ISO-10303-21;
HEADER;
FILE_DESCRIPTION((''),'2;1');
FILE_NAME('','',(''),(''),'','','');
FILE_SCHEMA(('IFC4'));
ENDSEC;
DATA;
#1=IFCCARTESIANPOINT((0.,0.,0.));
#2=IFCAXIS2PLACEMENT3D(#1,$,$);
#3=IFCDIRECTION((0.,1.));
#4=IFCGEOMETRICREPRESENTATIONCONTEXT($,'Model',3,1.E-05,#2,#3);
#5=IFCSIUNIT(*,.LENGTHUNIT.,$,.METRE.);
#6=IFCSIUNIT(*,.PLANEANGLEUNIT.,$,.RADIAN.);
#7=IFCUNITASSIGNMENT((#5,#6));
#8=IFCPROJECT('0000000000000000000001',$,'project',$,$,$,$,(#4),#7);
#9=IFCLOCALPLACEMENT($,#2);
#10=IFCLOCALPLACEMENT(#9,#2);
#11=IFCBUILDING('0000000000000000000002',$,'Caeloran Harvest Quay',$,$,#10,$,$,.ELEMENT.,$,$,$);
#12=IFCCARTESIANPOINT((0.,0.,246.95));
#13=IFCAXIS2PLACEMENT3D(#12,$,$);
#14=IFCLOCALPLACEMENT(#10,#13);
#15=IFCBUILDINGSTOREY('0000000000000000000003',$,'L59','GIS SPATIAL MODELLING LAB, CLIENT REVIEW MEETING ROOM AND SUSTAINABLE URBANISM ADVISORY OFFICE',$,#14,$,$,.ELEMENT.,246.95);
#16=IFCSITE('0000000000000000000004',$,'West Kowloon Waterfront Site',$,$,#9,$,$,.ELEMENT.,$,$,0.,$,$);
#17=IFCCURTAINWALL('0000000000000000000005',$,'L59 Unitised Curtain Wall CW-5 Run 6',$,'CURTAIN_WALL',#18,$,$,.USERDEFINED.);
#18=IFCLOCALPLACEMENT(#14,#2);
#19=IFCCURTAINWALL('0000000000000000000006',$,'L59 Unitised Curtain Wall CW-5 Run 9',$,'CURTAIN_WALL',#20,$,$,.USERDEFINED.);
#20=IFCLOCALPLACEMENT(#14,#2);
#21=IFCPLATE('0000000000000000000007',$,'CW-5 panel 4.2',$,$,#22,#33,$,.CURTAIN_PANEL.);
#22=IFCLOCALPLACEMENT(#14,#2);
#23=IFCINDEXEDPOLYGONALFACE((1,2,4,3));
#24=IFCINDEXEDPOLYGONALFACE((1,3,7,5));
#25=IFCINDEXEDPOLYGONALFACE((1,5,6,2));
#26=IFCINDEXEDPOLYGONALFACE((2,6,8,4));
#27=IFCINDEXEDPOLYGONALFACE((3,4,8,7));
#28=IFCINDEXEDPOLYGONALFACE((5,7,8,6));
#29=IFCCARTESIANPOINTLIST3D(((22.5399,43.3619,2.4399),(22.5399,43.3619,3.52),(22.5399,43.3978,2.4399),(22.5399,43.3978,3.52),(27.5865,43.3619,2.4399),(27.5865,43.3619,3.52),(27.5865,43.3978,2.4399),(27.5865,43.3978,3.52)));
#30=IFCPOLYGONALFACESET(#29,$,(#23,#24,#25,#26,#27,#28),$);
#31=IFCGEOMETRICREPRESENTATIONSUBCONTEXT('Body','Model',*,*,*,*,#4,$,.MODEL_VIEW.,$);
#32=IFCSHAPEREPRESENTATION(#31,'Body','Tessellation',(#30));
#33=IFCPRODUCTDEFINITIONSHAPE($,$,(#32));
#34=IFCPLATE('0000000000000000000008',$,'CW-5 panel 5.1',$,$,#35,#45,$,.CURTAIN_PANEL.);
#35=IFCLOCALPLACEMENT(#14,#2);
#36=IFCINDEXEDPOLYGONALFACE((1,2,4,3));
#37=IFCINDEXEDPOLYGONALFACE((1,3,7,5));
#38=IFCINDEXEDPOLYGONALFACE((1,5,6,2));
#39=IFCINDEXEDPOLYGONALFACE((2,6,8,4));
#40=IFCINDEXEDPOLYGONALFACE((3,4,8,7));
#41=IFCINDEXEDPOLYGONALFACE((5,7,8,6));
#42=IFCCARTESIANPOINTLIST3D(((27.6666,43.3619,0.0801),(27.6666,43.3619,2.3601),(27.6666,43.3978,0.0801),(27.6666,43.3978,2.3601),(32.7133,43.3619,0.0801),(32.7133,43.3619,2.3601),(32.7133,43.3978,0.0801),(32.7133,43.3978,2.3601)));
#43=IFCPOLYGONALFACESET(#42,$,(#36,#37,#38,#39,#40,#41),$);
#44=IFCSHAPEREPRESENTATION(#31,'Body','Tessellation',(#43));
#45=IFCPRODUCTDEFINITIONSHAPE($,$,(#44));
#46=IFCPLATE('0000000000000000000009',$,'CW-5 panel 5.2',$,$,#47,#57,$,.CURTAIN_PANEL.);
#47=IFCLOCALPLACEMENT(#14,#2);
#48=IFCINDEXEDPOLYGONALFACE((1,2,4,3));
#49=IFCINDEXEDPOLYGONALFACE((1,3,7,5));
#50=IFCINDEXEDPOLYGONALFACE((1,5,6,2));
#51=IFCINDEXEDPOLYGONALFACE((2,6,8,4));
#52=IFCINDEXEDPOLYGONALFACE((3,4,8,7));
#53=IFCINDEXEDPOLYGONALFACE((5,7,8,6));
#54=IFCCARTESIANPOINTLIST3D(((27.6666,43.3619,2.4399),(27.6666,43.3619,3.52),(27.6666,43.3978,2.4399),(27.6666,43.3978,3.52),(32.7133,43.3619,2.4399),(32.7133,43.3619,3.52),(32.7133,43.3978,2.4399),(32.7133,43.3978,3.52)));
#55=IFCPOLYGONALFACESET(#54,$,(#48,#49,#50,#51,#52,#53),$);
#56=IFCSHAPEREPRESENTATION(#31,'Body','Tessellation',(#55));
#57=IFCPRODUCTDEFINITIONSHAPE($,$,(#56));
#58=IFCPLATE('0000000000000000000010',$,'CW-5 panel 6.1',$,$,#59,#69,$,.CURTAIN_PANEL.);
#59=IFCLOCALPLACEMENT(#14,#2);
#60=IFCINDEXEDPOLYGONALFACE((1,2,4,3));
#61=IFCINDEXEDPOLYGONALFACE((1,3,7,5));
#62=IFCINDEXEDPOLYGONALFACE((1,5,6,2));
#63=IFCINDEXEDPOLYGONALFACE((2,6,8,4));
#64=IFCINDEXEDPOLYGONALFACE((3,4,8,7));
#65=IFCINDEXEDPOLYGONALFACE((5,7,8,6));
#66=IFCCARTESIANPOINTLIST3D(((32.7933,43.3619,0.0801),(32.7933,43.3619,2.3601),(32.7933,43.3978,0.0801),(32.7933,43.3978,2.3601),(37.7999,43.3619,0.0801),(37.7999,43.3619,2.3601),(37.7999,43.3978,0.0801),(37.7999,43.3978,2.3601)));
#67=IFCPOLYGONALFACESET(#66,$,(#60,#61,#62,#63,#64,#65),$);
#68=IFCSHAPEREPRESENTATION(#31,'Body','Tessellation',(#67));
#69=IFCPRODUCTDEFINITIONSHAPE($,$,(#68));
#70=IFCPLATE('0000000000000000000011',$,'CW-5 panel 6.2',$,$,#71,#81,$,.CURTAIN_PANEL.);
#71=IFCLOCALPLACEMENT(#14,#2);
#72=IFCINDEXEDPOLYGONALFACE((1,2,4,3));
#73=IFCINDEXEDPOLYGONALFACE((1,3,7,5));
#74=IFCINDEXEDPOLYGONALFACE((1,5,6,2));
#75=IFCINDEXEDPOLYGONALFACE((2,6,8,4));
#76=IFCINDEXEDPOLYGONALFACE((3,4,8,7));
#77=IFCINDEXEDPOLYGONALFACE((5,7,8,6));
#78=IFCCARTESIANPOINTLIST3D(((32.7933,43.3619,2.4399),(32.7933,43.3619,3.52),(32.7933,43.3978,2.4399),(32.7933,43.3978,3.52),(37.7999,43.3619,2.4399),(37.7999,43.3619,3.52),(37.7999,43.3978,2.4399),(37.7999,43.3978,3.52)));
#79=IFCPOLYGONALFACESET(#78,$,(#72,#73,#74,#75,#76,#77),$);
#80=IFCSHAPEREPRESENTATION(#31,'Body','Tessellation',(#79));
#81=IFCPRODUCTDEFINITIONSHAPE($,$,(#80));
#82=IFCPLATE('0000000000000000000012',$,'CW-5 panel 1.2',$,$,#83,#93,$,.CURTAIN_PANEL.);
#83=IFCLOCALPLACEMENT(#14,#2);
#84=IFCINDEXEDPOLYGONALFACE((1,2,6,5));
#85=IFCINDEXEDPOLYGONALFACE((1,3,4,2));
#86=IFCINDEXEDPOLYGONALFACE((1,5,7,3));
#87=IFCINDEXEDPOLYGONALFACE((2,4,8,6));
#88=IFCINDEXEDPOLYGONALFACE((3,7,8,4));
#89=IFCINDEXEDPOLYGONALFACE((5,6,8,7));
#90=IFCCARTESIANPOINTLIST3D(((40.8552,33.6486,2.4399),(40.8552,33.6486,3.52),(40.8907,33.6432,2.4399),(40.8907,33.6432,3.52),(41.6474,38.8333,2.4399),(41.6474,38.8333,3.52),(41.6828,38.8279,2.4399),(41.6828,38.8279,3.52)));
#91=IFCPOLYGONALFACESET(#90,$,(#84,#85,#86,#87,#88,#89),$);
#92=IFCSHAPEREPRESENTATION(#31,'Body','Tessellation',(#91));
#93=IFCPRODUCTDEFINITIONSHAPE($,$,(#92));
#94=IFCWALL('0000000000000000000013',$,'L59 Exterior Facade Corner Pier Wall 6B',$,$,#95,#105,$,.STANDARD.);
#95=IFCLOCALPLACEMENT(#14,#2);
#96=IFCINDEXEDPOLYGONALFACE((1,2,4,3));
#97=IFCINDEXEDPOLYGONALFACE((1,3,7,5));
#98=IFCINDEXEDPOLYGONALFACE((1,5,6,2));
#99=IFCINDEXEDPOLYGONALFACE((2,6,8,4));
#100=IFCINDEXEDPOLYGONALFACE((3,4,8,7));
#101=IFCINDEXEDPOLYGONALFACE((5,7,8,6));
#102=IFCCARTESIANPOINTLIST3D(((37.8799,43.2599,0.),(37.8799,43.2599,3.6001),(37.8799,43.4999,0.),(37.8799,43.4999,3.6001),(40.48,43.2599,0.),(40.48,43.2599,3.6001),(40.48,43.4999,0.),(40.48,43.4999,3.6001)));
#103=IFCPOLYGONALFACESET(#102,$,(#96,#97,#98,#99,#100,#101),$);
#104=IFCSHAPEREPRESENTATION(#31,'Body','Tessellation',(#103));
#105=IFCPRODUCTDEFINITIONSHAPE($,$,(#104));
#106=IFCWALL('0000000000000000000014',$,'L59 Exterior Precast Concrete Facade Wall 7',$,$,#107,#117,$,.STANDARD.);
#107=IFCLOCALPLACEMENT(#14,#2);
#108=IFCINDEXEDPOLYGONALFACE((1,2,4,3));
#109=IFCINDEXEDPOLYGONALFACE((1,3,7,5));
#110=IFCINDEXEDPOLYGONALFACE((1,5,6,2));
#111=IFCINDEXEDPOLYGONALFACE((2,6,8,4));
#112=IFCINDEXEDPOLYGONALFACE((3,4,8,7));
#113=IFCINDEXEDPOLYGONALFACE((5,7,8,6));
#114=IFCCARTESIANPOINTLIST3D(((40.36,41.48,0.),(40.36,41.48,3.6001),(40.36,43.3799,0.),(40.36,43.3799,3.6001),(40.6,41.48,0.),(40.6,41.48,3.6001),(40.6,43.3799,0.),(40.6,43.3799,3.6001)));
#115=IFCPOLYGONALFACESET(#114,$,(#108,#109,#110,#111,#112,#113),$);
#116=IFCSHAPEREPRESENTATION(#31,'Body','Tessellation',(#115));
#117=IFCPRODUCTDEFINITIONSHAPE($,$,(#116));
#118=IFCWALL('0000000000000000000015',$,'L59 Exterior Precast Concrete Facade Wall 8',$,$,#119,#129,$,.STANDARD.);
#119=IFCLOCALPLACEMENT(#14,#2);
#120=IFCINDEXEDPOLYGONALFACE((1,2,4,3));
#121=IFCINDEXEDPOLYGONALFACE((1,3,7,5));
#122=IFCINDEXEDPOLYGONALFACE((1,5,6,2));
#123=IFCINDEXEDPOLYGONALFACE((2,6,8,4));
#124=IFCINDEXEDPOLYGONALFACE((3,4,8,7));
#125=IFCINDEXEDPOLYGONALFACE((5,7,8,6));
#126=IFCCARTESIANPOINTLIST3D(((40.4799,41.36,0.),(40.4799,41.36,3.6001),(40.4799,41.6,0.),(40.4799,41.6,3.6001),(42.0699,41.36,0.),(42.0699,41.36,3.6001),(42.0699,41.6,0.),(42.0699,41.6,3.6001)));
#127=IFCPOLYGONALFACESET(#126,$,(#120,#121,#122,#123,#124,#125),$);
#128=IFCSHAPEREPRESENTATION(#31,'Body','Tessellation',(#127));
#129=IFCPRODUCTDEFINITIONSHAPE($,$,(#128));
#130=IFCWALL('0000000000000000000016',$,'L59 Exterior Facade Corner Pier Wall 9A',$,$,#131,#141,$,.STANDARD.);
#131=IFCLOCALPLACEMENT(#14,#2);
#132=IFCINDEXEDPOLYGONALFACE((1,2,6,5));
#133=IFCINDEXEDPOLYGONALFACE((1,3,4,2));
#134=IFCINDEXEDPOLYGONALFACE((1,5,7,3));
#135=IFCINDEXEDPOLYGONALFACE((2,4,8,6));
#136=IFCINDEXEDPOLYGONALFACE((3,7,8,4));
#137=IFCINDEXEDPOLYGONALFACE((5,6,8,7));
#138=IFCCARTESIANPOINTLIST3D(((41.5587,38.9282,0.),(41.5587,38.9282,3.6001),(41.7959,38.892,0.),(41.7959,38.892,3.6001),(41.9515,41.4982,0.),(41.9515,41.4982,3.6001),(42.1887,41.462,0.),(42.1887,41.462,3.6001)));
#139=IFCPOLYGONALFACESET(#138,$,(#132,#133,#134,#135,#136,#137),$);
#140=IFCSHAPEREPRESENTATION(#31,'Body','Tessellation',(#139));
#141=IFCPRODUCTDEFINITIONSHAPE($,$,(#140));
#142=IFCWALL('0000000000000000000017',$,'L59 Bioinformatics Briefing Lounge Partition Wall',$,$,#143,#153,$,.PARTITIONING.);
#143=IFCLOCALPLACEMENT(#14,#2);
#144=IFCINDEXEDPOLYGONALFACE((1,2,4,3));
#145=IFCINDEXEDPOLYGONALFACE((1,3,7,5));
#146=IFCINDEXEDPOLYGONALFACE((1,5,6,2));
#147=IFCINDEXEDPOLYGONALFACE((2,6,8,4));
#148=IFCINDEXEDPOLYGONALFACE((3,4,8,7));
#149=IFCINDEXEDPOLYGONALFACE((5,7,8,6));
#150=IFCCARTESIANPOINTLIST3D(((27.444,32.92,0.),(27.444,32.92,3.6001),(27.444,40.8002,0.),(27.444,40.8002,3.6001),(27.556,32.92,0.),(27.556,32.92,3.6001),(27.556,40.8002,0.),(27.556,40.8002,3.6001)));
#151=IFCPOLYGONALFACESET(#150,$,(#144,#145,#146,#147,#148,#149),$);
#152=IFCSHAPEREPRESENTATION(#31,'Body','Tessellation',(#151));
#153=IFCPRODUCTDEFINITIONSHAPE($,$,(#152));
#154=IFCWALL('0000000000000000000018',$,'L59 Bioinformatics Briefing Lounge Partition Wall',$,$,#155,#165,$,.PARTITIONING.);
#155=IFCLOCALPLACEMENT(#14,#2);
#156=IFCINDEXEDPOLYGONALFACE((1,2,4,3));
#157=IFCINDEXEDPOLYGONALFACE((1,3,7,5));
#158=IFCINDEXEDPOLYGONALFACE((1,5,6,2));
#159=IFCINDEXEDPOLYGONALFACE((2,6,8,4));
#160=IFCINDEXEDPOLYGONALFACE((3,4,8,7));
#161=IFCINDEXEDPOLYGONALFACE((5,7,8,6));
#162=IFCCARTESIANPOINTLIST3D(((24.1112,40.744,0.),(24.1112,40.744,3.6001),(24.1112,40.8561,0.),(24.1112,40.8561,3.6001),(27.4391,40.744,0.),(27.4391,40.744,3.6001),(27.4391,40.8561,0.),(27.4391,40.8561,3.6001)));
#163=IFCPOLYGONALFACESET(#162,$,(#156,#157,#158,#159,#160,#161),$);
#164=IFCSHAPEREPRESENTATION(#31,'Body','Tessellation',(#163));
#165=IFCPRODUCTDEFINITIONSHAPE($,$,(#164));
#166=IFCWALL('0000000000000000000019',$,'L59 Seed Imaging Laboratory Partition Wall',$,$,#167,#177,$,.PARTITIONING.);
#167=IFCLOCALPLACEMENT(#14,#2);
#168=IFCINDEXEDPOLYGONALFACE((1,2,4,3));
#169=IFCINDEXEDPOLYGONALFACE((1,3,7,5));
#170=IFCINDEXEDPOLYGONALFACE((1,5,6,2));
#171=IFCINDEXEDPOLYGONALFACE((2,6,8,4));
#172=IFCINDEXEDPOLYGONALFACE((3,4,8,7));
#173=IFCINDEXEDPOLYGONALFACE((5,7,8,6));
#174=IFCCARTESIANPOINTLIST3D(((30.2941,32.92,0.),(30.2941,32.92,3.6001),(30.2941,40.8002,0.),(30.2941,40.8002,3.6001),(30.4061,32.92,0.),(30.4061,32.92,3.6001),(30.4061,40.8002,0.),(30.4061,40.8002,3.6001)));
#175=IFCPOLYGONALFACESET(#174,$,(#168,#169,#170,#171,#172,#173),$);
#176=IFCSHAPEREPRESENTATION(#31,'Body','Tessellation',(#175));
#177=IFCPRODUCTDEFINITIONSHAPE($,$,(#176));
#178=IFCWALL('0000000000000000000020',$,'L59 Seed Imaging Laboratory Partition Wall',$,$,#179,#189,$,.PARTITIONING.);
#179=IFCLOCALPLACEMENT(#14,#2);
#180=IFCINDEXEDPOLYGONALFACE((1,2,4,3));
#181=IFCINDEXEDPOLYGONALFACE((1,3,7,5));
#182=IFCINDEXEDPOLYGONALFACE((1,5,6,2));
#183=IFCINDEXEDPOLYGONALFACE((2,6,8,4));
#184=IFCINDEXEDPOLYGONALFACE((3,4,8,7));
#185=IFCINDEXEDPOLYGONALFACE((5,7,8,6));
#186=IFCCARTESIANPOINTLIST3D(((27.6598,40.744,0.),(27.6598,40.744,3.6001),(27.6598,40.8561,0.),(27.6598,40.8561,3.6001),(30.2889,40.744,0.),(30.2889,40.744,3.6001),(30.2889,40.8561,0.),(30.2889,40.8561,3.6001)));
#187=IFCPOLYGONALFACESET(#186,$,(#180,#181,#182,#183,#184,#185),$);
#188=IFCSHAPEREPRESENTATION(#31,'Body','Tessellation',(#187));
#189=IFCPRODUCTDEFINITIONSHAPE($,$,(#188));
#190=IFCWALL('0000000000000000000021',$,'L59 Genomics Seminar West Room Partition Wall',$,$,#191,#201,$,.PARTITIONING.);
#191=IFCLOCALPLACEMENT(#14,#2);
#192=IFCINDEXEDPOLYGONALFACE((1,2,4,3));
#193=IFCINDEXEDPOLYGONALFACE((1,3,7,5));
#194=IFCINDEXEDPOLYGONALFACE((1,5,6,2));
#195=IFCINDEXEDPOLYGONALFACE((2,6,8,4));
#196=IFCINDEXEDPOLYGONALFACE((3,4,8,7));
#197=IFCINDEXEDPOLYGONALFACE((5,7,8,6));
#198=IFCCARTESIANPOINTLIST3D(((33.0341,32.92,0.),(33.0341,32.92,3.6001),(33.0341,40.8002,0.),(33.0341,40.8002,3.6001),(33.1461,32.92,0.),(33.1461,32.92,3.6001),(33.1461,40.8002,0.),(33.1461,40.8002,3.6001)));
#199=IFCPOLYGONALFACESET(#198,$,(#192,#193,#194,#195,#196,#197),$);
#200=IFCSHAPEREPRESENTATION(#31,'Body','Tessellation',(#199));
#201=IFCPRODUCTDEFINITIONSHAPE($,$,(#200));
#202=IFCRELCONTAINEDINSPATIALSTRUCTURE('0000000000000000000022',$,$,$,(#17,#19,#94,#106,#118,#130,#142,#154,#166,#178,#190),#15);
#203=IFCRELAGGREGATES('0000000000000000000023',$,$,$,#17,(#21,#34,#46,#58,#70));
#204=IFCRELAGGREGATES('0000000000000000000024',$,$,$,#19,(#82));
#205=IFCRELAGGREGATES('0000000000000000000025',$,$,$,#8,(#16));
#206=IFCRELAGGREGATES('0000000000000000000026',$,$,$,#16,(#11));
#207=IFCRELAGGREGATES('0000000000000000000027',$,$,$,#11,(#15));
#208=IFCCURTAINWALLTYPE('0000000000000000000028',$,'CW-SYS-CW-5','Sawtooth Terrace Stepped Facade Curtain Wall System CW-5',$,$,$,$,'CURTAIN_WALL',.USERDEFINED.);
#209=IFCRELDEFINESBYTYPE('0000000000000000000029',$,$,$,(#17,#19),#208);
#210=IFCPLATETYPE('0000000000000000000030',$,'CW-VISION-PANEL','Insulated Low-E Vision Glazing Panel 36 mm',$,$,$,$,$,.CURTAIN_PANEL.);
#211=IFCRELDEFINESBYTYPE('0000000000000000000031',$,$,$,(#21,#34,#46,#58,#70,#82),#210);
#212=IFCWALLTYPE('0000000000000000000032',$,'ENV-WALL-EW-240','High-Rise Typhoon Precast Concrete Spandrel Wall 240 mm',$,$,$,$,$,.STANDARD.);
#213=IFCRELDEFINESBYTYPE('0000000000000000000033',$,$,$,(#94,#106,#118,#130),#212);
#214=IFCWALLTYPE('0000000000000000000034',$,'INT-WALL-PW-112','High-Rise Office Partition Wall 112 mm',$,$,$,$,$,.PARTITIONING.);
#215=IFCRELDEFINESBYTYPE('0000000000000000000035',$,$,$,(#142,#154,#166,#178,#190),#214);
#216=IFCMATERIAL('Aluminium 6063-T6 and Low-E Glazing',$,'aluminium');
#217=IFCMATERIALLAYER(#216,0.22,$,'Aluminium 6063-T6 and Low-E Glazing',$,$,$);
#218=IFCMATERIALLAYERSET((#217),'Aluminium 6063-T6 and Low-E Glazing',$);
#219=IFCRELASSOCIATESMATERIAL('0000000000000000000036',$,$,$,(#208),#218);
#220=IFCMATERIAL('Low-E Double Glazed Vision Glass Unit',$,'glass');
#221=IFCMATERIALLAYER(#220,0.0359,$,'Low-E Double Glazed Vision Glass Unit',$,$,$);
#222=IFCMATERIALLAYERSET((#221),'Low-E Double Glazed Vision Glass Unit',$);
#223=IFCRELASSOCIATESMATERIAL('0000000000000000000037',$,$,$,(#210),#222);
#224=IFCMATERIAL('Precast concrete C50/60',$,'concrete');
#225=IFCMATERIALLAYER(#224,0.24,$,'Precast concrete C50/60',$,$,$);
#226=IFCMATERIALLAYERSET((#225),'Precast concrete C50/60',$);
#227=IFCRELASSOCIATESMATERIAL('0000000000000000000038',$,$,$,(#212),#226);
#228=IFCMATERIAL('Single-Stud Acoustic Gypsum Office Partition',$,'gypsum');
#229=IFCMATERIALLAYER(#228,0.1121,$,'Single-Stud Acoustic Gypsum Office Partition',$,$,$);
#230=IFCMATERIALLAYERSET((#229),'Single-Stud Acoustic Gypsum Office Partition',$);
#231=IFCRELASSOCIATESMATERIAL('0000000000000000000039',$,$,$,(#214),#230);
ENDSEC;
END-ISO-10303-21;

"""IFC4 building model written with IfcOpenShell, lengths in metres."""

from ifc_helpers import new_model, si_unit, direction, frame, frame_2d, origin, origin_2d, place, context, subcontext, project, spatial, rectangle, extrude, material, layer, layer_set, type_object, element, aggregate, save


model = new_model("IFC4")

# Units and contexts
model_context = context("Model", 3, precision=1e-05, world=origin(), true_north=direction((0.0, 1.0)))
body_context = subcontext(model_context, "Body", "Model", "MODEL_VIEW")
ifc_project = project(units=[si_unit("LENGTHUNIT", "METRE"), si_unit("PLANEANGLEUNIT", "RADIAN")], contexts=[model_context])

# Site, building, storey
site_placement = place(None, origin())
site = spatial("IfcSite", under=ifc_project, at=site_placement, Name="West Kowloon Waterfront Site", CompositionType="ELEMENT", RefElevation=0.0)
building_placement = place(site_placement, origin())
building = spatial("IfcBuilding", under=site, at=building_placement, Name="Caeloran Harvest Quay", CompositionType="ELEMENT")
storey_placement = place(building_placement, frame((0.0, 0.0, 246.95)))
storey = spatial("IfcBuildingStorey", under=building, at=storey_placement, Name="L59", Description="GIS SPATIAL MODELLING LAB, CLIENT REVIEW MEETING ROOM AND SUSTAINABLE URBANISM ADVISORY OFFICE", CompositionType="ELEMENT", Elevation=246.95)

# Curtain wall
ifc_material_1 = material(Name="Aluminium 6063-T6 and Low-E Glazing", Category="aluminium")
ifc_layer_1 = layer(ifc_material_1, 0.22, Name="Aluminium 6063-T6 and Low-E Glazing")
ifc_layer_set_1 = layer_set([ifc_layer_1], Name="Aluminium 6063-T6 and Low-E Glazing")
curtain_wall_type = type_object("IfcCurtainWallType", Name="CW-SYS-CW-5", Description="Sawtooth Terrace Stepped Facade Curtain Wall System CW-5", ElementType="CURTAIN_WALL", PredefinedType="USERDEFINED", material=ifc_layer_set_1)
curtain_wall_1_placement = place(storey_placement, origin())
curtain_wall_1 = element("IfcCurtainWall", 1, at=curtain_wall_1_placement, inside=storey, type_object=curtain_wall_type, Name="L59 Unitised Curtain Wall CW-5 Run 6", ObjectType="CURTAIN_WALL", PredefinedType="USERDEFINED")

# Curtain wall
curtain_wall_2_placement = place(storey_placement, origin())
curtain_wall_2 = element("IfcCurtainWall", 2, at=curtain_wall_2_placement, inside=storey, type_object=curtain_wall_type, Name="L59 Unitised Curtain Wall CW-5 Run 9", ObjectType="CURTAIN_WALL", PredefinedType="USERDEFINED")

# Plates
ifc_material_2 = material(Name="Low-E Double Glazed Vision Glass Unit", Category="glass")
ifc_layer_2 = layer(ifc_material_2, 0.0359, Name="Low-E Double Glazed Vision Glass Unit")
ifc_layer_set_2 = layer_set([ifc_layer_2], Name="Low-E Double Glazed Vision Glass Unit")
plate_type = type_object("IfcPlateType", Name="CW-VISION-PANEL", Description="Insulated Low-E Vision Glazing Panel 36 mm", PredefinedType="CURTAIN_PANEL", material=ifc_layer_set_2)
plate_1_placement = place(storey_placement, frame((25.0632, 43.3799, 2.4399), z_axis=(0.0, 0.0, 1.0), x_axis=(1.0, 0.0, 0.0)))
plate_1 = element("IfcPlate", 3, at=plate_1_placement, type_object=plate_type, Name="CW-5 panel 4.2", PredefinedType="CURTAIN_PANEL", context=body_context, shape_type="SweptSolid", body=[
    extrude(rectangle(XDim=5.0466, YDim=0.0359, at=origin_2d()), origin(), (0.0, 0.0, 1.0), 1.0801),
])
plate_2_placement = place(storey_placement, frame((30.1899, 43.3799, 0.0801), z_axis=(0.0, 0.0, 1.0), x_axis=(1.0, 0.0, 0.0)))
plate_2 = element("IfcPlate", 4, at=plate_2_placement, type_object=plate_type, Name="CW-5 panel 5.1", PredefinedType="CURTAIN_PANEL", context=body_context, shape_type="SweptSolid", body=[
    extrude(rectangle(XDim=5.0466, YDim=0.0359, at=origin_2d()), origin(), (0.0, 0.0, 1.0), 2.28),
])
plate_3_placement = place(storey_placement, frame((30.1899, 43.3799, 2.4399), z_axis=(0.0, 0.0, 1.0), x_axis=(1.0, 0.0, 0.0)))
plate_3 = element("IfcPlate", 5, at=plate_3_placement, type_object=plate_type, Name="CW-5 panel 5.2", PredefinedType="CURTAIN_PANEL", context=body_context, shape_type="SweptSolid", body=[
    extrude(rectangle(XDim=5.0466, YDim=0.0359, at=origin_2d()), origin(), (0.0, 0.0, 1.0), 1.0801),
])
plate_4_placement = place(storey_placement, frame((35.2966, 43.3799, 0.0801), z_axis=(0.0, 0.0, 1.0), x_axis=(1.0, 0.0, 0.0)))
plate_4 = element("IfcPlate", 6, at=plate_4_placement, type_object=plate_type, Name="CW-5 panel 6.1", PredefinedType="CURTAIN_PANEL", context=body_context, shape_type="SweptSolid", body=[
    extrude(rectangle(XDim=5.0066, YDim=0.0359, at=origin_2d()), origin(), (0.0, 0.0, 1.0), 2.28),
])
plate_5_placement = place(storey_placement, frame((35.2966, 43.3799, 2.4399), z_axis=(0.0, 0.0, 1.0), x_axis=(1.0, 0.0, 0.0)))
plate_5 = element("IfcPlate", 7, at=plate_5_placement, type_object=plate_type, Name="CW-5 panel 6.2", PredefinedType="CURTAIN_PANEL", context=body_context, shape_type="SweptSolid", body=[
    extrude(rectangle(XDim=5.0066, YDim=0.0359, at=origin_2d()), origin(), (0.0, 0.0, 1.0), 1.0801),
])
aggregate(curtain_wall_1, [plate_1, plate_2, plate_3, plate_4, plate_5])
plate_6_placement = place(storey_placement, frame((41.269, 36.2383, 2.4399), z_axis=(0.0, 0.0, 1.0), x_axis=(-0.151028, -0.98853, 0.0)))
plate_6 = element("IfcPlate", 8, at=plate_6_placement, type_object=plate_type, Name="CW-5 panel 1.2", PredefinedType="CURTAIN_PANEL", context=body_context, shape_type="SweptSolid", body=[
    extrude(rectangle(XDim=5.2449, YDim=0.0359, at=origin_2d()), origin(), (0.0, 0.0, 1.0), 1.0801),
])
aggregate(curtain_wall_2, [plate_6])

# Walls
ifc_material_3 = material(Name="Precast concrete C50/60", Category="concrete")
ifc_layer_3 = layer(ifc_material_3, 0.24, Name="Precast concrete C50/60")
ifc_layer_set_3 = layer_set([ifc_layer_3], Name="Precast concrete C50/60")
wall_type_1 = type_object("IfcWallType", Name="ENV-WALL-EW-240", Description="High-Rise Typhoon Precast Concrete Spandrel Wall 240 mm", PredefinedType="STANDARD", material=ifc_layer_set_3)
wall_1_placement = place(storey_placement, frame((37.8799, 43.3799, 0.0), z_axis=(0.0, 0.0, 1.0), x_axis=(1.0, 0.0, 0.0)))
element("IfcWall", 9, at=wall_1_placement, inside=storey, type_object=wall_type_1, Name="L59 Exterior Facade Corner Pier Wall 6B", PredefinedType="STANDARD", context=body_context, shape_type="SweptSolid", body=[
    extrude(rectangle(XDim=2.6001, YDim=0.24, at=frame_2d((1.3, 0.0))), origin(), (0.0, 0.0, 1.0), 3.6001),
])
wall_2_placement = place(storey_placement, frame((40.48, 43.3799, 0.0), z_axis=(0.0, 0.0, 1.0), x_axis=(0.0, -1.0, 0.0)))
element("IfcWall", 10, at=wall_2_placement, inside=storey, type_object=wall_type_1, Name="L59 Exterior Precast Concrete Facade Wall 7", PredefinedType="STANDARD", context=body_context, shape_type="SweptSolid", body=[
    extrude(rectangle(XDim=1.8999, YDim=0.24, at=frame_2d((0.95, 0.0))), origin(), (0.0, 0.0, 1.0), 3.6001),
])
wall_3_placement = place(storey_placement, frame((40.48, 41.48, 0.0), z_axis=(0.0, 0.0, 1.0), x_axis=(1.0, 0.0, 0.0)))
element("IfcWall", 11, at=wall_3_placement, inside=storey, type_object=wall_type_1, Name="L59 Exterior Precast Concrete Facade Wall 8", PredefinedType="STANDARD", context=body_context, shape_type="SweptSolid", body=[
    extrude(rectangle(XDim=1.5901, YDim=0.24, at=frame_2d((0.7949, 0.0))), origin(), (0.0, 0.0, 1.0), 3.6001),
])
wall_4_placement = place(storey_placement, frame((42.0701, 41.48, 0.0), z_axis=(0.0, 0.0, 1.0), x_axis=(-0.15109, -0.98852, 0.0)))
element("IfcWall", 12, at=wall_4_placement, inside=storey, type_object=wall_type_1, Name="L59 Exterior Facade Corner Pier Wall 9A", PredefinedType="STANDARD", context=body_context, shape_type="SweptSolid", body=[
    extrude(rectangle(XDim=2.5999, YDim=0.24, at=frame_2d((1.2998, 0.0))), origin(), (0.0, 0.0, 1.0), 3.6001),
])
ifc_material_4 = material(Name="Single-Stud Acoustic Gypsum Office Partition", Category="gypsum")
ifc_layer_4 = layer(ifc_material_4, 0.1121, Name="Single-Stud Acoustic Gypsum Office Partition")
ifc_layer_set_4 = layer_set([ifc_layer_4], Name="Single-Stud Acoustic Gypsum Office Partition")
wall_type_2 = type_object("IfcWallType", Name="INT-WALL-PW-112", Description="High-Rise Office Partition Wall 112 mm", PredefinedType="PARTITIONING", material=ifc_layer_set_4)
wall_5_placement = place(storey_placement, frame((27.5, 40.8, 0.0), z_axis=(0.0, 0.0, 1.0), x_axis=(0.0, -1.0, 0.0)))
element("IfcWall", 13, at=wall_5_placement, inside=storey, type_object=wall_type_2, Name="L59 Bioinformatics Briefing Lounge Partition Wall", PredefinedType="PARTITIONING", context=body_context, shape_type="SweptSolid", body=[
    extrude(rectangle(XDim=7.8801, YDim=0.1121, at=frame_2d((3.9399, 0.0))), origin(), (0.0, 0.0, 1.0), 3.6001),
])
wall_6_placement = place(storey_placement, frame((24.1111, 40.8, 0.0), z_axis=(0.0, 0.0, 1.0), x_axis=(1.0, 0.0, 0.0)))
element("IfcWall", 14, at=wall_6_placement, inside=storey, type_object=wall_type_2, Name="L59 Bioinformatics Briefing Lounge Partition Wall", PredefinedType="PARTITIONING", context=body_context, shape_type="SweptSolid", body=[
    extrude(rectangle(XDim=3.3279, YDim=0.1121, at=frame_2d((1.6641, 0.0))), origin(), (0.0, 0.0, 1.0), 3.6001),
])
wall_7_placement = place(storey_placement, frame((30.3501, 40.8, 0.0), z_axis=(0.0, 0.0, 1.0), x_axis=(0.0, -1.0, 0.0)))
element("IfcWall", 15, at=wall_7_placement, inside=storey, type_object=wall_type_2, Name="L59 Seed Imaging Laboratory Partition Wall", PredefinedType="PARTITIONING", context=body_context, shape_type="SweptSolid", body=[
    extrude(rectangle(XDim=7.8801, YDim=0.1121, at=frame_2d((3.9399, 0.0))), origin(), (0.0, 0.0, 1.0), 3.6001),
])
wall_8_placement = place(storey_placement, frame((27.6599, 40.8, 0.0), z_axis=(0.0, 0.0, 1.0), x_axis=(1.0, 0.0, 0.0)))
element("IfcWall", 16, at=wall_8_placement, inside=storey, type_object=wall_type_2, Name="L59 Seed Imaging Laboratory Partition Wall", PredefinedType="PARTITIONING", context=body_context, shape_type="SweptSolid", body=[
    extrude(rectangle(XDim=2.6292, YDim=0.1121, at=frame_2d((1.3145, 0.0))), origin(), (0.0, 0.0, 1.0), 3.6001),
])
wall_9_placement = place(storey_placement, frame((33.0901, 40.8, 0.0), z_axis=(0.0, 0.0, 1.0), x_axis=(0.0, -1.0, 0.0)))
element("IfcWall", 17, at=wall_9_placement, inside=storey, type_object=wall_type_2, Name="L59 Genomics Seminar West Room Partition Wall", PredefinedType="PARTITIONING", context=body_context, shape_type="SweptSolid", body=[
    extrude(rectangle(XDim=7.8801, YDim=0.1121, at=frame_2d((3.9399, 0.0))), origin(), (0.0, 0.0, 1.0), 3.6001),
])

save(model, "model.ifc")
